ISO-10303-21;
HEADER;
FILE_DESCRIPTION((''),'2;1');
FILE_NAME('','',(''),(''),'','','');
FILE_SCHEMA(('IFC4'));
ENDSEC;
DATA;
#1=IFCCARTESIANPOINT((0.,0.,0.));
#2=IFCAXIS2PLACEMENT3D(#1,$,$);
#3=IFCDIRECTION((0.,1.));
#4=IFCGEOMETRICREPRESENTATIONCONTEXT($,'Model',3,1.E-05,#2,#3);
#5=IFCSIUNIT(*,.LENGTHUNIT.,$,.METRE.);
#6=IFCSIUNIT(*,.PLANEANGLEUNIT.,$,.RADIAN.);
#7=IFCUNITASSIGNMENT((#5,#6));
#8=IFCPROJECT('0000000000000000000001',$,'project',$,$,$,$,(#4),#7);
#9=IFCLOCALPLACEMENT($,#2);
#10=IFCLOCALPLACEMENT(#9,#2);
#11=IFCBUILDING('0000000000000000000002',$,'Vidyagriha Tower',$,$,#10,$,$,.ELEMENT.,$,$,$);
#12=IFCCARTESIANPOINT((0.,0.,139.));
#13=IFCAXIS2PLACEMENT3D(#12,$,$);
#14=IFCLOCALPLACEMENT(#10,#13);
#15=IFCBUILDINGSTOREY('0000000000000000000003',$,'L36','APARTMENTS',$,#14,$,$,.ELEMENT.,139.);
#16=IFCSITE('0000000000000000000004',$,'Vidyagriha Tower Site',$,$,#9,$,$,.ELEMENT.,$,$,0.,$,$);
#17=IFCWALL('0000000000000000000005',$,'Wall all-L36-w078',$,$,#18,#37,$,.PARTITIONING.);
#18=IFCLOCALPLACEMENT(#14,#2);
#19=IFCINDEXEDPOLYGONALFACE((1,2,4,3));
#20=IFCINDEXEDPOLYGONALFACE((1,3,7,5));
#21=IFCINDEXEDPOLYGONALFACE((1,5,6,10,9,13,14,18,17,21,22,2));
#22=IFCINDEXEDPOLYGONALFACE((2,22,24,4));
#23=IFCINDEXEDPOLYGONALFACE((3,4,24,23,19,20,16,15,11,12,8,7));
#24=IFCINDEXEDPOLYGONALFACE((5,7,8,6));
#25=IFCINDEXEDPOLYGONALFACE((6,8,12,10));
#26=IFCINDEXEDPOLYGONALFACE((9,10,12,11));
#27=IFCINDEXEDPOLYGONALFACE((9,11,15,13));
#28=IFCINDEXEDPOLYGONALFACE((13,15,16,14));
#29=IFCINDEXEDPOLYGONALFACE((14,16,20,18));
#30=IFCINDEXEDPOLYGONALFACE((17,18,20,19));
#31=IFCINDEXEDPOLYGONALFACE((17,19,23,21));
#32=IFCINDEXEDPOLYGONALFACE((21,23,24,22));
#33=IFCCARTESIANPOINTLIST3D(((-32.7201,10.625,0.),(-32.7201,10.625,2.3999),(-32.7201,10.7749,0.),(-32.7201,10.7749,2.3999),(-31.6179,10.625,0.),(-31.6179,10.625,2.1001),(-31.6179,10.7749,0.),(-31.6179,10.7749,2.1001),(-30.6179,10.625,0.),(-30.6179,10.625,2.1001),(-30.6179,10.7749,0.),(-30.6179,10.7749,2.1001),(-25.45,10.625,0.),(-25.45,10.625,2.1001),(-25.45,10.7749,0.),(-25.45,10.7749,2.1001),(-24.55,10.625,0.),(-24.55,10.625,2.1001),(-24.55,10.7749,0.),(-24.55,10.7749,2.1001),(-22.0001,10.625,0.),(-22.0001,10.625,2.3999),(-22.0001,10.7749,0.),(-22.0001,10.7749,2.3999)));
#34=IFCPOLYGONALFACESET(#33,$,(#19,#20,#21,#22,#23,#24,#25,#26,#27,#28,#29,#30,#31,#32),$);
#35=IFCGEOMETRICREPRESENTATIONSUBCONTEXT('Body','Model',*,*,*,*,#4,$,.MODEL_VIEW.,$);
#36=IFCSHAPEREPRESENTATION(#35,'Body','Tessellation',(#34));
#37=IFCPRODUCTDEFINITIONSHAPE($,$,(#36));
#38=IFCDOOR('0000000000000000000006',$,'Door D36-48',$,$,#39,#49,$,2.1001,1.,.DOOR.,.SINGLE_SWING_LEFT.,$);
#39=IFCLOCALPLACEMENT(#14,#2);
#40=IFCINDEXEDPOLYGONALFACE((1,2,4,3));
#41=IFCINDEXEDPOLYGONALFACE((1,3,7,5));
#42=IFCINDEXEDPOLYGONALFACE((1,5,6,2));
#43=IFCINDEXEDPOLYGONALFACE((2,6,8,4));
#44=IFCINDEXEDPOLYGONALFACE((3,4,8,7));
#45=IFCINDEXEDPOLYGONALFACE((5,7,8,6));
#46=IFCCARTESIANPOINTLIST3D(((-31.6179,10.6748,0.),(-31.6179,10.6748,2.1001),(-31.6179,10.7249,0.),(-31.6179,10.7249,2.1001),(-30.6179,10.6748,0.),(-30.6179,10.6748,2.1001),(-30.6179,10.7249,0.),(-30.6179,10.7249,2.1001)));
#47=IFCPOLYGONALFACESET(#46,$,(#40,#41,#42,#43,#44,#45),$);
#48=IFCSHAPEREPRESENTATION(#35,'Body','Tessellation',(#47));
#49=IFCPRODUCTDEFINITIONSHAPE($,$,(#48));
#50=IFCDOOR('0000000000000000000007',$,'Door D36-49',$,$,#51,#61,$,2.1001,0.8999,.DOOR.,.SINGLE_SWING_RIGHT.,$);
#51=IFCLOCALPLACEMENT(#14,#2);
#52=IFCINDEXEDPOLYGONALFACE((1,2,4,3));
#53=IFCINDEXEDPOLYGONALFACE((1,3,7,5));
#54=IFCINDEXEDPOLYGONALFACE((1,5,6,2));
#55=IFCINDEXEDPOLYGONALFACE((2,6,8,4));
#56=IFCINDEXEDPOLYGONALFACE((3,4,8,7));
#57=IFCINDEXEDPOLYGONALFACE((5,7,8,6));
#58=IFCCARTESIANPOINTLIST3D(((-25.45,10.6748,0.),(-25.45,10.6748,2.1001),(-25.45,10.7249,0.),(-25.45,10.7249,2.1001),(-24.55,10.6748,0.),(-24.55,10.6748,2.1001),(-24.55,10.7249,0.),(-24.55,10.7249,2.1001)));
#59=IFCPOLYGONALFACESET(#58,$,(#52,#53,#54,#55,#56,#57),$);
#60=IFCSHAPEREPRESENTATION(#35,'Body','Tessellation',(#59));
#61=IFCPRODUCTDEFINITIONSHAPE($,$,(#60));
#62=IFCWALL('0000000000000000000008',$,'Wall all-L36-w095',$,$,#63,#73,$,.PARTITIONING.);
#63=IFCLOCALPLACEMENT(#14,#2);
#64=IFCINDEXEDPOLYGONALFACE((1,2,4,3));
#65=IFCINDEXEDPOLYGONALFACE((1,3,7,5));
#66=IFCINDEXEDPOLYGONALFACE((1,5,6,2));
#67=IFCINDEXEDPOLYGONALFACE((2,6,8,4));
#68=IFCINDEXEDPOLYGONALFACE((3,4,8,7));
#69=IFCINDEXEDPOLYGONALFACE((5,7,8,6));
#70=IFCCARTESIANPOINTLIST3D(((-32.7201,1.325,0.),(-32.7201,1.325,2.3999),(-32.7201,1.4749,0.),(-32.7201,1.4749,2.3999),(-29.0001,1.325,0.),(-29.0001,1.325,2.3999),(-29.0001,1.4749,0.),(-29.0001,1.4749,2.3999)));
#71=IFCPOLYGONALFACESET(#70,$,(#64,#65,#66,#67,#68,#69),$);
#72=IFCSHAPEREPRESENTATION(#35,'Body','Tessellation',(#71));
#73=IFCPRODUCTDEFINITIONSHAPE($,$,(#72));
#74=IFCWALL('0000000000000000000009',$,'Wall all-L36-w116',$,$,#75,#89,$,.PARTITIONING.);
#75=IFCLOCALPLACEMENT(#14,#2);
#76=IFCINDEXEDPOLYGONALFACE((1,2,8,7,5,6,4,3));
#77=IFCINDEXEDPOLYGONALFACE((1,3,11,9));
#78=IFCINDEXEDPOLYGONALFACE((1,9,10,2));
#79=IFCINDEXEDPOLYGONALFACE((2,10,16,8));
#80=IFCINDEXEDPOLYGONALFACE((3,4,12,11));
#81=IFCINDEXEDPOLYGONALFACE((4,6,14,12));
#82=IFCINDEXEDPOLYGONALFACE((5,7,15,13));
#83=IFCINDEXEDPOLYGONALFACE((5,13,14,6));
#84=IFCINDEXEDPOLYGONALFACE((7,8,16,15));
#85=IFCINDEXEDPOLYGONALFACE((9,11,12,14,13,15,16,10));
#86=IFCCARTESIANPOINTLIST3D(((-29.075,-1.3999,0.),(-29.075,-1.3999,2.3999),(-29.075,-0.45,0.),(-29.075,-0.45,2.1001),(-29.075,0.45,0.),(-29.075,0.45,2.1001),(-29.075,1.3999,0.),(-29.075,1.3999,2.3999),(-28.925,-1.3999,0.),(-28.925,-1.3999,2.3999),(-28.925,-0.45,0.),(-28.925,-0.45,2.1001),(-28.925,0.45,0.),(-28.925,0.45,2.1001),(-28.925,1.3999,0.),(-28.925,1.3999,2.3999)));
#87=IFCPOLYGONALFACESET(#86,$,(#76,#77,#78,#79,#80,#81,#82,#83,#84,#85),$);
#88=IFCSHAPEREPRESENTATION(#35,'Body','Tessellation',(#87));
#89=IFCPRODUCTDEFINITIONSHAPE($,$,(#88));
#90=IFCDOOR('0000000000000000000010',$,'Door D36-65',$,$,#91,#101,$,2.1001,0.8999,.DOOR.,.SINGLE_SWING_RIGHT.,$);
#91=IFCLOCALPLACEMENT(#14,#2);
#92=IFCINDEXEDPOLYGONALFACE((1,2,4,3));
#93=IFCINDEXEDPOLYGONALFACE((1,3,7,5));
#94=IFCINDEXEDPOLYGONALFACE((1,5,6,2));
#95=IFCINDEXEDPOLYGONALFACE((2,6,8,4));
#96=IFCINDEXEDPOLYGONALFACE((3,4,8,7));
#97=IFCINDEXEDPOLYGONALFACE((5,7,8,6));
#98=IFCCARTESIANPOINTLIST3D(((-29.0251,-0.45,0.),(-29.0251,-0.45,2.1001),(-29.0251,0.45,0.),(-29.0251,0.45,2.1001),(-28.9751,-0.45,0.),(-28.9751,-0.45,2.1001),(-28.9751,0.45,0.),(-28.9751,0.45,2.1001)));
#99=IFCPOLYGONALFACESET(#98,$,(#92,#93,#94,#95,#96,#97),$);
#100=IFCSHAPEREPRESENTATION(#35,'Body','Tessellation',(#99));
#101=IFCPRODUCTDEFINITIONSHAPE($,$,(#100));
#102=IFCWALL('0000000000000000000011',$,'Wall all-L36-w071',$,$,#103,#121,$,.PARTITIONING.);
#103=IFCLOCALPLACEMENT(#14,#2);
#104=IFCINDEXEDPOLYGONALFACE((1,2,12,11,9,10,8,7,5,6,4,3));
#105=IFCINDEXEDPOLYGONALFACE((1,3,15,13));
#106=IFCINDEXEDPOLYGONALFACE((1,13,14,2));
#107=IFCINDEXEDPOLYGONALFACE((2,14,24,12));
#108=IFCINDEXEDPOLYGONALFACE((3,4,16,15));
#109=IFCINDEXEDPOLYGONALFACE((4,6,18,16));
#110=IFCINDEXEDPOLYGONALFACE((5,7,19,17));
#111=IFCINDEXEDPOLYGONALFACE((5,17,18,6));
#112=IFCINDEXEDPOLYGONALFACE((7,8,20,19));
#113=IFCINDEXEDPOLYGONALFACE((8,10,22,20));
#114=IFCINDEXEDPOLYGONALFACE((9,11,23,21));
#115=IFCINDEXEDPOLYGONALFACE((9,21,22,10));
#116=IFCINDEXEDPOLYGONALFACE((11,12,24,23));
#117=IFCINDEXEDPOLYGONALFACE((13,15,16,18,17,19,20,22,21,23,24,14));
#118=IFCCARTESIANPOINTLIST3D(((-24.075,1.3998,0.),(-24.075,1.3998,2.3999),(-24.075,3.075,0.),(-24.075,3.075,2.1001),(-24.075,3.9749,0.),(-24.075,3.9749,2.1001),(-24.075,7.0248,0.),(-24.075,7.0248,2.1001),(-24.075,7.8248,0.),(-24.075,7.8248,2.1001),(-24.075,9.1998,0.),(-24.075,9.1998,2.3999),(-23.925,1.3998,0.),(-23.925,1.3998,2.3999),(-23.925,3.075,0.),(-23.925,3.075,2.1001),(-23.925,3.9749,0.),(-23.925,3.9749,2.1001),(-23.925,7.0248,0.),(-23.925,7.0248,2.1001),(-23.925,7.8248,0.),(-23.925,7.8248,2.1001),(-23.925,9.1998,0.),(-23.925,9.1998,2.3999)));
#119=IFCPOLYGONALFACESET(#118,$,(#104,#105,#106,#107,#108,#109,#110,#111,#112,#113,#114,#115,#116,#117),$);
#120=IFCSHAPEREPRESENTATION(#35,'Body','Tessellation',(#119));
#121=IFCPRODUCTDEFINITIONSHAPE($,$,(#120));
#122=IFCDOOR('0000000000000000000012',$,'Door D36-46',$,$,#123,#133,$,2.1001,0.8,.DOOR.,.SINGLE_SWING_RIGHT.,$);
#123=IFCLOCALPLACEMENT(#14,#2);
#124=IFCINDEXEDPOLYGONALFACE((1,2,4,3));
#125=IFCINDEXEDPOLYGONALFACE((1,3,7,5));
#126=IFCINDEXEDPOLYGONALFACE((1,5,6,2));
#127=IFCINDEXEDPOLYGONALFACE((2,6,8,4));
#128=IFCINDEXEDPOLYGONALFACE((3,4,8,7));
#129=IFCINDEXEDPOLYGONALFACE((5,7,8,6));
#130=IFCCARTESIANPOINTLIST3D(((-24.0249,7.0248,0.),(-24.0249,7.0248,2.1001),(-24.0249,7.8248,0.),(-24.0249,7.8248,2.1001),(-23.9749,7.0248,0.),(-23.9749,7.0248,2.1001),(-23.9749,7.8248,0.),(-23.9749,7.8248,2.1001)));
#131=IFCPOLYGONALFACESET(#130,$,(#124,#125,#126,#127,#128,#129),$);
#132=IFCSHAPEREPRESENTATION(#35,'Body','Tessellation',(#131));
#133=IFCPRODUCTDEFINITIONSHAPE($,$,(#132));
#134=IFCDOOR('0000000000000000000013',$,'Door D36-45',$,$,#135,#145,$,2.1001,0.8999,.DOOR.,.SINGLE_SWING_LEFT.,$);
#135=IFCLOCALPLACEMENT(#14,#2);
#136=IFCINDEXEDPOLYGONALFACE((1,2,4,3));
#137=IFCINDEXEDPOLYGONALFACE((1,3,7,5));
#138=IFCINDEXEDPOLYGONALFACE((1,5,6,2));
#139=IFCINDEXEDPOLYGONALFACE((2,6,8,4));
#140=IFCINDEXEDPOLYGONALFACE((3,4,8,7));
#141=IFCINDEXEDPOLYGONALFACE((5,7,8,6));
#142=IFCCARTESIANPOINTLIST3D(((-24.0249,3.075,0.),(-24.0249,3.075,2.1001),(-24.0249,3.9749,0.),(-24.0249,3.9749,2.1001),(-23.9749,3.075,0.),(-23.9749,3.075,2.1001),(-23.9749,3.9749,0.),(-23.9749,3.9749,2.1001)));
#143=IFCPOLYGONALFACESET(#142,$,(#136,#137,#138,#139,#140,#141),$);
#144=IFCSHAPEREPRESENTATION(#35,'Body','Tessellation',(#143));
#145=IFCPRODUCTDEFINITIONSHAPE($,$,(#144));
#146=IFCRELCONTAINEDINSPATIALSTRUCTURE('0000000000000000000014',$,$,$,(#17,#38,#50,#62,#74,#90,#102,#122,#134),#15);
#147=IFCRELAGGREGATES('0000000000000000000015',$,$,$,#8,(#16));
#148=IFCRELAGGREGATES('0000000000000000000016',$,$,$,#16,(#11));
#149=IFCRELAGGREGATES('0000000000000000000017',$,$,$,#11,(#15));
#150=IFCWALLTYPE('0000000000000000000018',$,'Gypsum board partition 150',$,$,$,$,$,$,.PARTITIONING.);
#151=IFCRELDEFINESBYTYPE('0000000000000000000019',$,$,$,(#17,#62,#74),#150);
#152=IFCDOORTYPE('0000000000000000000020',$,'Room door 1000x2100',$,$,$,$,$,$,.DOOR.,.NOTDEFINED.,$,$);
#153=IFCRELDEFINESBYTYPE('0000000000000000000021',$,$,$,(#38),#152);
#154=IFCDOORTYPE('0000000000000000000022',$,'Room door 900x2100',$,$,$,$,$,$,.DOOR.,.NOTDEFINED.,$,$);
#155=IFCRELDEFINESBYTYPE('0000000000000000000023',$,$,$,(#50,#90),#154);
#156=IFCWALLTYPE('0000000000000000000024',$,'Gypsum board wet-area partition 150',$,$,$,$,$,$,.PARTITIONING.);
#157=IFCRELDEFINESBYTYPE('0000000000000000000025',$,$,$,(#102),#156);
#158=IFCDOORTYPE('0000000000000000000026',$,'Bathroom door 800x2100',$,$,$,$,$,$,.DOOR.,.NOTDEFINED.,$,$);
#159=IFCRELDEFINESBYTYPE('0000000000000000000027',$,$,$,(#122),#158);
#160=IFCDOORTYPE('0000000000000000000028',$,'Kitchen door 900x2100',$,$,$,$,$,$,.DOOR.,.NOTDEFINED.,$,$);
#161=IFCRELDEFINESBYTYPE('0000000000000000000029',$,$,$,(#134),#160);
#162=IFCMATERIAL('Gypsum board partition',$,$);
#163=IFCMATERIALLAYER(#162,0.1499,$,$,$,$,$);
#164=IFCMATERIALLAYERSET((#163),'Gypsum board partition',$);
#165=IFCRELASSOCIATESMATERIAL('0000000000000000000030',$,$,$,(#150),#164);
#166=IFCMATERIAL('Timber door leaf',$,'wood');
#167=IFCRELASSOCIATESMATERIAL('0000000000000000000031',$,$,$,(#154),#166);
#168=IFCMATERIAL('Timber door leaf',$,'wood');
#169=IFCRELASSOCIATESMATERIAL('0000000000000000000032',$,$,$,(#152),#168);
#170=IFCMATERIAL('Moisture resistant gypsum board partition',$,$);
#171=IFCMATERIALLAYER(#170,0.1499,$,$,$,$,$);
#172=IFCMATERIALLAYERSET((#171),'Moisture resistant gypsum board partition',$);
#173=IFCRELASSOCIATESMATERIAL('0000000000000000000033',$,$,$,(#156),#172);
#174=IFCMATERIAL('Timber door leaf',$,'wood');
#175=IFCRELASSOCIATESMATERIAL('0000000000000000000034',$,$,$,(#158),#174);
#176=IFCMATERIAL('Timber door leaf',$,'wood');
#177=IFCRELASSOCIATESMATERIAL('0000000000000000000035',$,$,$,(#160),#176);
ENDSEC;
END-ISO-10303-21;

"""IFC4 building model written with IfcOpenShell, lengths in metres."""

from ifc_helpers import new_model, si_unit, direction, frame, frame_2d, origin, place, context, subcontext, project, spatial, rectangle, extrude, material, layer, layer_set, type_object, element, fill, save


model = new_model("IFC4")

# Units and contexts
model_context = context("Model", 3, precision=1e-05, world=origin(), true_north=direction((0.0, 1.0)))
body_context = subcontext(model_context, "Body", "Model", "MODEL_VIEW")
ifc_project = project(units=[si_unit("LENGTHUNIT", "METRE"), si_unit("PLANEANGLEUNIT", "RADIAN")], contexts=[model_context])

# Site, building, storey
site_placement = place(None, origin())
site = spatial("IfcSite", under=ifc_project, at=site_placement, Name="Vidyagriha Tower Site", CompositionType="ELEMENT", RefElevation=0.0)
building_placement = place(site_placement, origin())
building = spatial("IfcBuilding", under=site, at=building_placement, Name="Vidyagriha Tower", CompositionType="ELEMENT")
storey_placement = place(building_placement, frame((0.0, 0.0, 139.0)))
storey = spatial("IfcBuildingStorey", under=building, at=storey_placement, Name="L36", Description="APARTMENTS", CompositionType="ELEMENT", Elevation=139.0)

# Shared definitions
ifc_material_1 = material(Name="Gypsum board partition")
ifc_layer_1 = layer(ifc_material_1, 0.1499)
ifc_layer_set_1 = layer_set([ifc_layer_1], Name="Gypsum board partition")
wall_type_1 = type_object("IfcWallType", Name="Gypsum board partition 150", PredefinedType="PARTITIONING", material=ifc_layer_set_1)

# Shared definitions
ifc_material_2 = material(Name="Timber door leaf", Category="wood")
door_type_1 = type_object("IfcDoorType", Name="Room door 900x2100", OperationType="NOTDEFINED", PredefinedType="DOOR", material=ifc_material_2)

# Wall, openings, doors
wall_1_placement = place(storey_placement, frame((-32.72, 10.7, 0.0)))
wall_1 = element("IfcWall", 1, at=wall_1_placement, inside=storey, type_object=wall_type_1, Name="Wall all-L36-w078", PredefinedType="PARTITIONING", context=body_context, shape_type="SweptSolid", body=[
    extrude(rectangle(XDim=10.72, YDim=0.1499, at=frame_2d((5.3599, 0.0))), origin(), (0.0, 0.0, 1.0), 2.3999),
])
opening_1_placement = place(wall_1_placement, frame((1.1021, 0.0, 0.0)))
opening_1 = element("IfcOpeningElement", 2, at=opening_1_placement, cuts=wall_1, PredefinedType="OPENING", context=body_context, shape_type="SweptSolid", body=[
    extrude(rectangle(XDim=1.0, YDim=2.1001, at=frame_2d((0.5, 1.05))), frame((0.0, 0.085, 0.0), z_axis=(0.0, -1.0, 0.0), x_axis=(1.0, 0.0, 0.0)), (0.0, 0.0, 1.0), 0.1699),
])
opening_2_placement = place(wall_1_placement, frame((7.27, 0.0, 0.0)))
opening_2 = element("IfcOpeningElement", 3, at=opening_2_placement, cuts=wall_1, PredefinedType="OPENING", context=body_context, shape_type="SweptSolid", body=[
    extrude(rectangle(XDim=0.8999, YDim=2.1001, at=frame_2d((0.45, 1.05))), frame((0.0, 0.085, 0.0), z_axis=(0.0, -1.0, 0.0), x_axis=(1.0, 0.0, 0.0)), (0.0, 0.0, 1.0), 0.1699),
])
ifc_material_3 = material(Name="Timber door leaf", Category="wood")
door_type_2 = type_object("IfcDoorType", Name="Room door 1000x2100", OperationType="NOTDEFINED", PredefinedType="DOOR", material=ifc_material_3)
door_1_placement = place(opening_1_placement, origin())
door_1 = element("IfcDoor", 4, at=door_1_placement, inside=storey, type_object=door_type_2, Name="Door D36-48", OperationType="SINGLE_SWING_LEFT", OverallHeight=2.1001, OverallWidth=1.0, PredefinedType="DOOR", context=body_context, shape_type="SweptSolid", body=[
    extrude(rectangle(XDim=1.0, YDim=2.1001, at=frame_2d((0.5, 1.05))), frame((0.0, 0.0249, 0.0), z_axis=(0.0, -1.0, 0.0), x_axis=(1.0, 0.0, 0.0)), (0.0, 0.0, 1.0), 0.05),
])
fill(opening_1, door_1)
door_2_placement = place(opening_2_placement, origin())
door_2 = element("IfcDoor", 5, at=door_2_placement, inside=storey, type_object=door_type_1, Name="Door D36-49", OperationType="SINGLE_SWING_RIGHT", OverallHeight=2.1001, OverallWidth=0.8999, PredefinedType="DOOR", context=body_context, shape_type="SweptSolid", body=[
    extrude(rectangle(XDim=0.8999, YDim=2.1001, at=frame_2d((0.45, 1.05))), frame((0.0, 0.0249, 0.0), z_axis=(0.0, -1.0, 0.0), x_axis=(1.0, 0.0, 0.0)), (0.0, 0.0, 1.0), 0.05),
])
fill(opening_2, door_2)

# Wall
wall_2_placement = place(storey_placement, frame((-32.72, 1.3999, 0.0)))
element("IfcWall", 6, at=wall_2_placement, inside=storey, type_object=wall_type_1, Name="Wall all-L36-w095", PredefinedType="PARTITIONING", context=body_context, shape_type="SweptSolid", body=[
    extrude(rectangle(XDim=3.72, YDim=0.1499, at=frame_2d((1.8599, 0.0))), origin(), (0.0, 0.0, 1.0), 2.3999),
])

# Wall, opening, door
wall_3_placement = place(storey_placement, frame((-29.0, 1.3999, 0.0), z_axis=(0.0, 0.0, 1.0), x_axis=(0.0, -1.0, 0.0)))
wall_3 = element("IfcWall", 7, at=wall_3_placement, inside=storey, type_object=wall_type_1, Name="Wall all-L36-w116", PredefinedType="PARTITIONING", context=body_context, shape_type="SweptSolid", body=[
    extrude(rectangle(XDim=2.7998, YDim=0.1499, at=frame_2d((1.3999, 0.0))), origin(), (0.0, 0.0, 1.0), 2.3999),
])
opening_3_placement = place(wall_3_placement, frame((0.95, 0.0, 0.0)))
opening_3 = element("IfcOpeningElement", 8, at=opening_3_placement, cuts=wall_3, PredefinedType="OPENING", context=body_context, shape_type="SweptSolid", body=[
    extrude(rectangle(XDim=0.8999, YDim=2.1001, at=frame_2d((0.45, 1.05))), frame((0.0, 0.085, 0.0), z_axis=(0.0, -1.0, 0.0), x_axis=(1.0, 0.0, 0.0)), (0.0, 0.0, 1.0), 0.1699),
])
door_3_placement = place(opening_3_placement, origin())
door_3 = element("IfcDoor", 9, at=door_3_placement, inside=storey, type_object=door_type_1, Name="Door D36-65", OperationType="SINGLE_SWING_RIGHT", OverallHeight=2.1001, OverallWidth=0.8999, PredefinedType="DOOR", context=body_context, shape_type="SweptSolid", body=[
    extrude(rectangle(XDim=0.8999, YDim=2.1001, at=frame_2d((0.45, 1.05))), frame((0.0, 0.0249, 0.0), z_axis=(0.0, -1.0, 0.0), x_axis=(1.0, 0.0, 0.0)), (0.0, 0.0, 1.0), 0.05),
])
fill(opening_3, door_3)

# Wall, openings, doors
ifc_material_4 = material(Name="Moisture resistant gypsum board partition")
ifc_layer_2 = layer(ifc_material_4, 0.1499)
ifc_layer_set_2 = layer_set([ifc_layer_2], Name="Moisture resistant gypsum board partition")
wall_type_2 = type_object("IfcWallType", Name="Gypsum board wet-area partition 150", PredefinedType="PARTITIONING", material=ifc_layer_set_2)
wall_4_placement = place(storey_placement, frame((-24.0, 1.3999, 0.0), z_axis=(0.0, 0.0, 1.0), x_axis=(0.0, 1.0, 0.0)))
wall_4 = element("IfcWall", 10, at=wall_4_placement, inside=storey, type_object=wall_type_2, Name="Wall all-L36-w071", PredefinedType="PARTITIONING", context=body_context, shape_type="SweptSolid", body=[
    extrude(rectangle(XDim=7.8, YDim=0.1499, at=frame_2d((3.8999, 0.0))), origin(), (0.0, 0.0, 1.0), 2.3999),
])
opening_4_placement = place(wall_4_placement, frame((1.675, 0.0, 0.0)))
opening_4 = element("IfcOpeningElement", 11, at=opening_4_placement, cuts=wall_4, PredefinedType="OPENING", context=body_context, shape_type="SweptSolid", body=[
    extrude(rectangle(XDim=0.8999, YDim=2.1001, at=frame_2d((0.45, 1.05))), frame((0.0, 0.085, 0.0), z_axis=(0.0, -1.0, 0.0), x_axis=(1.0, 0.0, 0.0)), (0.0, 0.0, 1.0), 0.1699),
])
opening_5_placement = place(wall_4_placement, frame((5.625, 0.0, 0.0)))
opening_5 = element("IfcOpeningElement", 12, at=opening_5_placement, cuts=wall_4, PredefinedType="OPENING", context=body_context, shape_type="SweptSolid", body=[
    extrude(rectangle(XDim=0.8, YDim=2.1001, at=frame_2d((0.3999, 1.05))), frame((0.0, 0.085, 0.0), z_axis=(0.0, -1.0, 0.0), x_axis=(1.0, 0.0, 0.0)), (0.0, 0.0, 1.0), 0.1699),
])
ifc_material_5 = material(Name="Timber door leaf", Category="wood")
door_type_3 = type_object("IfcDoorType", Name="Bathroom door 800x2100", OperationType="NOTDEFINED", PredefinedType="DOOR", material=ifc_material_5)
door_4_placement = place(opening_5_placement, origin())
door_4 = element("IfcDoor", 13, at=door_4_placement, inside=storey, type_object=door_type_3, Name="Door D36-46", OperationType="SINGLE_SWING_RIGHT", OverallHeight=2.1001, OverallWidth=0.8, PredefinedType="DOOR", context=body_context, shape_type="SweptSolid", body=[
    extrude(rectangle(XDim=0.8, YDim=2.1001, at=frame_2d((0.3999, 1.05))), frame((0.0, 0.0249, 0.0), z_axis=(0.0, -1.0, 0.0), x_axis=(1.0, 0.0, 0.0)), (0.0, 0.0, 1.0), 0.05),
])
fill(opening_5, door_4)
ifc_material_6 = material(Name="Timber door leaf", Category="wood")
door_type_4 = type_object("IfcDoorType", Name="Kitchen door 900x2100", OperationType="NOTDEFINED", PredefinedType="DOOR", material=ifc_material_6)
door_5_placement = place(opening_4_placement, origin())
door_5 = element("IfcDoor", 14, at=door_5_placement, inside=storey, type_object=door_type_4, Name="Door D36-45", OperationType="SINGLE_SWING_LEFT", OverallHeight=2.1001, OverallWidth=0.8999, PredefinedType="DOOR", context=body_context, shape_type="SweptSolid", body=[
    extrude(rectangle(XDim=0.8999, YDim=2.1001, at=frame_2d((0.45, 1.05))), frame((0.0, 0.0249, 0.0), z_axis=(0.0, -1.0, 0.0), x_axis=(1.0, 0.0, 0.0)), (0.0, 0.0, 1.0), 0.05),
])
fill(opening_4, door_5)

save(model, "model.ifc")
